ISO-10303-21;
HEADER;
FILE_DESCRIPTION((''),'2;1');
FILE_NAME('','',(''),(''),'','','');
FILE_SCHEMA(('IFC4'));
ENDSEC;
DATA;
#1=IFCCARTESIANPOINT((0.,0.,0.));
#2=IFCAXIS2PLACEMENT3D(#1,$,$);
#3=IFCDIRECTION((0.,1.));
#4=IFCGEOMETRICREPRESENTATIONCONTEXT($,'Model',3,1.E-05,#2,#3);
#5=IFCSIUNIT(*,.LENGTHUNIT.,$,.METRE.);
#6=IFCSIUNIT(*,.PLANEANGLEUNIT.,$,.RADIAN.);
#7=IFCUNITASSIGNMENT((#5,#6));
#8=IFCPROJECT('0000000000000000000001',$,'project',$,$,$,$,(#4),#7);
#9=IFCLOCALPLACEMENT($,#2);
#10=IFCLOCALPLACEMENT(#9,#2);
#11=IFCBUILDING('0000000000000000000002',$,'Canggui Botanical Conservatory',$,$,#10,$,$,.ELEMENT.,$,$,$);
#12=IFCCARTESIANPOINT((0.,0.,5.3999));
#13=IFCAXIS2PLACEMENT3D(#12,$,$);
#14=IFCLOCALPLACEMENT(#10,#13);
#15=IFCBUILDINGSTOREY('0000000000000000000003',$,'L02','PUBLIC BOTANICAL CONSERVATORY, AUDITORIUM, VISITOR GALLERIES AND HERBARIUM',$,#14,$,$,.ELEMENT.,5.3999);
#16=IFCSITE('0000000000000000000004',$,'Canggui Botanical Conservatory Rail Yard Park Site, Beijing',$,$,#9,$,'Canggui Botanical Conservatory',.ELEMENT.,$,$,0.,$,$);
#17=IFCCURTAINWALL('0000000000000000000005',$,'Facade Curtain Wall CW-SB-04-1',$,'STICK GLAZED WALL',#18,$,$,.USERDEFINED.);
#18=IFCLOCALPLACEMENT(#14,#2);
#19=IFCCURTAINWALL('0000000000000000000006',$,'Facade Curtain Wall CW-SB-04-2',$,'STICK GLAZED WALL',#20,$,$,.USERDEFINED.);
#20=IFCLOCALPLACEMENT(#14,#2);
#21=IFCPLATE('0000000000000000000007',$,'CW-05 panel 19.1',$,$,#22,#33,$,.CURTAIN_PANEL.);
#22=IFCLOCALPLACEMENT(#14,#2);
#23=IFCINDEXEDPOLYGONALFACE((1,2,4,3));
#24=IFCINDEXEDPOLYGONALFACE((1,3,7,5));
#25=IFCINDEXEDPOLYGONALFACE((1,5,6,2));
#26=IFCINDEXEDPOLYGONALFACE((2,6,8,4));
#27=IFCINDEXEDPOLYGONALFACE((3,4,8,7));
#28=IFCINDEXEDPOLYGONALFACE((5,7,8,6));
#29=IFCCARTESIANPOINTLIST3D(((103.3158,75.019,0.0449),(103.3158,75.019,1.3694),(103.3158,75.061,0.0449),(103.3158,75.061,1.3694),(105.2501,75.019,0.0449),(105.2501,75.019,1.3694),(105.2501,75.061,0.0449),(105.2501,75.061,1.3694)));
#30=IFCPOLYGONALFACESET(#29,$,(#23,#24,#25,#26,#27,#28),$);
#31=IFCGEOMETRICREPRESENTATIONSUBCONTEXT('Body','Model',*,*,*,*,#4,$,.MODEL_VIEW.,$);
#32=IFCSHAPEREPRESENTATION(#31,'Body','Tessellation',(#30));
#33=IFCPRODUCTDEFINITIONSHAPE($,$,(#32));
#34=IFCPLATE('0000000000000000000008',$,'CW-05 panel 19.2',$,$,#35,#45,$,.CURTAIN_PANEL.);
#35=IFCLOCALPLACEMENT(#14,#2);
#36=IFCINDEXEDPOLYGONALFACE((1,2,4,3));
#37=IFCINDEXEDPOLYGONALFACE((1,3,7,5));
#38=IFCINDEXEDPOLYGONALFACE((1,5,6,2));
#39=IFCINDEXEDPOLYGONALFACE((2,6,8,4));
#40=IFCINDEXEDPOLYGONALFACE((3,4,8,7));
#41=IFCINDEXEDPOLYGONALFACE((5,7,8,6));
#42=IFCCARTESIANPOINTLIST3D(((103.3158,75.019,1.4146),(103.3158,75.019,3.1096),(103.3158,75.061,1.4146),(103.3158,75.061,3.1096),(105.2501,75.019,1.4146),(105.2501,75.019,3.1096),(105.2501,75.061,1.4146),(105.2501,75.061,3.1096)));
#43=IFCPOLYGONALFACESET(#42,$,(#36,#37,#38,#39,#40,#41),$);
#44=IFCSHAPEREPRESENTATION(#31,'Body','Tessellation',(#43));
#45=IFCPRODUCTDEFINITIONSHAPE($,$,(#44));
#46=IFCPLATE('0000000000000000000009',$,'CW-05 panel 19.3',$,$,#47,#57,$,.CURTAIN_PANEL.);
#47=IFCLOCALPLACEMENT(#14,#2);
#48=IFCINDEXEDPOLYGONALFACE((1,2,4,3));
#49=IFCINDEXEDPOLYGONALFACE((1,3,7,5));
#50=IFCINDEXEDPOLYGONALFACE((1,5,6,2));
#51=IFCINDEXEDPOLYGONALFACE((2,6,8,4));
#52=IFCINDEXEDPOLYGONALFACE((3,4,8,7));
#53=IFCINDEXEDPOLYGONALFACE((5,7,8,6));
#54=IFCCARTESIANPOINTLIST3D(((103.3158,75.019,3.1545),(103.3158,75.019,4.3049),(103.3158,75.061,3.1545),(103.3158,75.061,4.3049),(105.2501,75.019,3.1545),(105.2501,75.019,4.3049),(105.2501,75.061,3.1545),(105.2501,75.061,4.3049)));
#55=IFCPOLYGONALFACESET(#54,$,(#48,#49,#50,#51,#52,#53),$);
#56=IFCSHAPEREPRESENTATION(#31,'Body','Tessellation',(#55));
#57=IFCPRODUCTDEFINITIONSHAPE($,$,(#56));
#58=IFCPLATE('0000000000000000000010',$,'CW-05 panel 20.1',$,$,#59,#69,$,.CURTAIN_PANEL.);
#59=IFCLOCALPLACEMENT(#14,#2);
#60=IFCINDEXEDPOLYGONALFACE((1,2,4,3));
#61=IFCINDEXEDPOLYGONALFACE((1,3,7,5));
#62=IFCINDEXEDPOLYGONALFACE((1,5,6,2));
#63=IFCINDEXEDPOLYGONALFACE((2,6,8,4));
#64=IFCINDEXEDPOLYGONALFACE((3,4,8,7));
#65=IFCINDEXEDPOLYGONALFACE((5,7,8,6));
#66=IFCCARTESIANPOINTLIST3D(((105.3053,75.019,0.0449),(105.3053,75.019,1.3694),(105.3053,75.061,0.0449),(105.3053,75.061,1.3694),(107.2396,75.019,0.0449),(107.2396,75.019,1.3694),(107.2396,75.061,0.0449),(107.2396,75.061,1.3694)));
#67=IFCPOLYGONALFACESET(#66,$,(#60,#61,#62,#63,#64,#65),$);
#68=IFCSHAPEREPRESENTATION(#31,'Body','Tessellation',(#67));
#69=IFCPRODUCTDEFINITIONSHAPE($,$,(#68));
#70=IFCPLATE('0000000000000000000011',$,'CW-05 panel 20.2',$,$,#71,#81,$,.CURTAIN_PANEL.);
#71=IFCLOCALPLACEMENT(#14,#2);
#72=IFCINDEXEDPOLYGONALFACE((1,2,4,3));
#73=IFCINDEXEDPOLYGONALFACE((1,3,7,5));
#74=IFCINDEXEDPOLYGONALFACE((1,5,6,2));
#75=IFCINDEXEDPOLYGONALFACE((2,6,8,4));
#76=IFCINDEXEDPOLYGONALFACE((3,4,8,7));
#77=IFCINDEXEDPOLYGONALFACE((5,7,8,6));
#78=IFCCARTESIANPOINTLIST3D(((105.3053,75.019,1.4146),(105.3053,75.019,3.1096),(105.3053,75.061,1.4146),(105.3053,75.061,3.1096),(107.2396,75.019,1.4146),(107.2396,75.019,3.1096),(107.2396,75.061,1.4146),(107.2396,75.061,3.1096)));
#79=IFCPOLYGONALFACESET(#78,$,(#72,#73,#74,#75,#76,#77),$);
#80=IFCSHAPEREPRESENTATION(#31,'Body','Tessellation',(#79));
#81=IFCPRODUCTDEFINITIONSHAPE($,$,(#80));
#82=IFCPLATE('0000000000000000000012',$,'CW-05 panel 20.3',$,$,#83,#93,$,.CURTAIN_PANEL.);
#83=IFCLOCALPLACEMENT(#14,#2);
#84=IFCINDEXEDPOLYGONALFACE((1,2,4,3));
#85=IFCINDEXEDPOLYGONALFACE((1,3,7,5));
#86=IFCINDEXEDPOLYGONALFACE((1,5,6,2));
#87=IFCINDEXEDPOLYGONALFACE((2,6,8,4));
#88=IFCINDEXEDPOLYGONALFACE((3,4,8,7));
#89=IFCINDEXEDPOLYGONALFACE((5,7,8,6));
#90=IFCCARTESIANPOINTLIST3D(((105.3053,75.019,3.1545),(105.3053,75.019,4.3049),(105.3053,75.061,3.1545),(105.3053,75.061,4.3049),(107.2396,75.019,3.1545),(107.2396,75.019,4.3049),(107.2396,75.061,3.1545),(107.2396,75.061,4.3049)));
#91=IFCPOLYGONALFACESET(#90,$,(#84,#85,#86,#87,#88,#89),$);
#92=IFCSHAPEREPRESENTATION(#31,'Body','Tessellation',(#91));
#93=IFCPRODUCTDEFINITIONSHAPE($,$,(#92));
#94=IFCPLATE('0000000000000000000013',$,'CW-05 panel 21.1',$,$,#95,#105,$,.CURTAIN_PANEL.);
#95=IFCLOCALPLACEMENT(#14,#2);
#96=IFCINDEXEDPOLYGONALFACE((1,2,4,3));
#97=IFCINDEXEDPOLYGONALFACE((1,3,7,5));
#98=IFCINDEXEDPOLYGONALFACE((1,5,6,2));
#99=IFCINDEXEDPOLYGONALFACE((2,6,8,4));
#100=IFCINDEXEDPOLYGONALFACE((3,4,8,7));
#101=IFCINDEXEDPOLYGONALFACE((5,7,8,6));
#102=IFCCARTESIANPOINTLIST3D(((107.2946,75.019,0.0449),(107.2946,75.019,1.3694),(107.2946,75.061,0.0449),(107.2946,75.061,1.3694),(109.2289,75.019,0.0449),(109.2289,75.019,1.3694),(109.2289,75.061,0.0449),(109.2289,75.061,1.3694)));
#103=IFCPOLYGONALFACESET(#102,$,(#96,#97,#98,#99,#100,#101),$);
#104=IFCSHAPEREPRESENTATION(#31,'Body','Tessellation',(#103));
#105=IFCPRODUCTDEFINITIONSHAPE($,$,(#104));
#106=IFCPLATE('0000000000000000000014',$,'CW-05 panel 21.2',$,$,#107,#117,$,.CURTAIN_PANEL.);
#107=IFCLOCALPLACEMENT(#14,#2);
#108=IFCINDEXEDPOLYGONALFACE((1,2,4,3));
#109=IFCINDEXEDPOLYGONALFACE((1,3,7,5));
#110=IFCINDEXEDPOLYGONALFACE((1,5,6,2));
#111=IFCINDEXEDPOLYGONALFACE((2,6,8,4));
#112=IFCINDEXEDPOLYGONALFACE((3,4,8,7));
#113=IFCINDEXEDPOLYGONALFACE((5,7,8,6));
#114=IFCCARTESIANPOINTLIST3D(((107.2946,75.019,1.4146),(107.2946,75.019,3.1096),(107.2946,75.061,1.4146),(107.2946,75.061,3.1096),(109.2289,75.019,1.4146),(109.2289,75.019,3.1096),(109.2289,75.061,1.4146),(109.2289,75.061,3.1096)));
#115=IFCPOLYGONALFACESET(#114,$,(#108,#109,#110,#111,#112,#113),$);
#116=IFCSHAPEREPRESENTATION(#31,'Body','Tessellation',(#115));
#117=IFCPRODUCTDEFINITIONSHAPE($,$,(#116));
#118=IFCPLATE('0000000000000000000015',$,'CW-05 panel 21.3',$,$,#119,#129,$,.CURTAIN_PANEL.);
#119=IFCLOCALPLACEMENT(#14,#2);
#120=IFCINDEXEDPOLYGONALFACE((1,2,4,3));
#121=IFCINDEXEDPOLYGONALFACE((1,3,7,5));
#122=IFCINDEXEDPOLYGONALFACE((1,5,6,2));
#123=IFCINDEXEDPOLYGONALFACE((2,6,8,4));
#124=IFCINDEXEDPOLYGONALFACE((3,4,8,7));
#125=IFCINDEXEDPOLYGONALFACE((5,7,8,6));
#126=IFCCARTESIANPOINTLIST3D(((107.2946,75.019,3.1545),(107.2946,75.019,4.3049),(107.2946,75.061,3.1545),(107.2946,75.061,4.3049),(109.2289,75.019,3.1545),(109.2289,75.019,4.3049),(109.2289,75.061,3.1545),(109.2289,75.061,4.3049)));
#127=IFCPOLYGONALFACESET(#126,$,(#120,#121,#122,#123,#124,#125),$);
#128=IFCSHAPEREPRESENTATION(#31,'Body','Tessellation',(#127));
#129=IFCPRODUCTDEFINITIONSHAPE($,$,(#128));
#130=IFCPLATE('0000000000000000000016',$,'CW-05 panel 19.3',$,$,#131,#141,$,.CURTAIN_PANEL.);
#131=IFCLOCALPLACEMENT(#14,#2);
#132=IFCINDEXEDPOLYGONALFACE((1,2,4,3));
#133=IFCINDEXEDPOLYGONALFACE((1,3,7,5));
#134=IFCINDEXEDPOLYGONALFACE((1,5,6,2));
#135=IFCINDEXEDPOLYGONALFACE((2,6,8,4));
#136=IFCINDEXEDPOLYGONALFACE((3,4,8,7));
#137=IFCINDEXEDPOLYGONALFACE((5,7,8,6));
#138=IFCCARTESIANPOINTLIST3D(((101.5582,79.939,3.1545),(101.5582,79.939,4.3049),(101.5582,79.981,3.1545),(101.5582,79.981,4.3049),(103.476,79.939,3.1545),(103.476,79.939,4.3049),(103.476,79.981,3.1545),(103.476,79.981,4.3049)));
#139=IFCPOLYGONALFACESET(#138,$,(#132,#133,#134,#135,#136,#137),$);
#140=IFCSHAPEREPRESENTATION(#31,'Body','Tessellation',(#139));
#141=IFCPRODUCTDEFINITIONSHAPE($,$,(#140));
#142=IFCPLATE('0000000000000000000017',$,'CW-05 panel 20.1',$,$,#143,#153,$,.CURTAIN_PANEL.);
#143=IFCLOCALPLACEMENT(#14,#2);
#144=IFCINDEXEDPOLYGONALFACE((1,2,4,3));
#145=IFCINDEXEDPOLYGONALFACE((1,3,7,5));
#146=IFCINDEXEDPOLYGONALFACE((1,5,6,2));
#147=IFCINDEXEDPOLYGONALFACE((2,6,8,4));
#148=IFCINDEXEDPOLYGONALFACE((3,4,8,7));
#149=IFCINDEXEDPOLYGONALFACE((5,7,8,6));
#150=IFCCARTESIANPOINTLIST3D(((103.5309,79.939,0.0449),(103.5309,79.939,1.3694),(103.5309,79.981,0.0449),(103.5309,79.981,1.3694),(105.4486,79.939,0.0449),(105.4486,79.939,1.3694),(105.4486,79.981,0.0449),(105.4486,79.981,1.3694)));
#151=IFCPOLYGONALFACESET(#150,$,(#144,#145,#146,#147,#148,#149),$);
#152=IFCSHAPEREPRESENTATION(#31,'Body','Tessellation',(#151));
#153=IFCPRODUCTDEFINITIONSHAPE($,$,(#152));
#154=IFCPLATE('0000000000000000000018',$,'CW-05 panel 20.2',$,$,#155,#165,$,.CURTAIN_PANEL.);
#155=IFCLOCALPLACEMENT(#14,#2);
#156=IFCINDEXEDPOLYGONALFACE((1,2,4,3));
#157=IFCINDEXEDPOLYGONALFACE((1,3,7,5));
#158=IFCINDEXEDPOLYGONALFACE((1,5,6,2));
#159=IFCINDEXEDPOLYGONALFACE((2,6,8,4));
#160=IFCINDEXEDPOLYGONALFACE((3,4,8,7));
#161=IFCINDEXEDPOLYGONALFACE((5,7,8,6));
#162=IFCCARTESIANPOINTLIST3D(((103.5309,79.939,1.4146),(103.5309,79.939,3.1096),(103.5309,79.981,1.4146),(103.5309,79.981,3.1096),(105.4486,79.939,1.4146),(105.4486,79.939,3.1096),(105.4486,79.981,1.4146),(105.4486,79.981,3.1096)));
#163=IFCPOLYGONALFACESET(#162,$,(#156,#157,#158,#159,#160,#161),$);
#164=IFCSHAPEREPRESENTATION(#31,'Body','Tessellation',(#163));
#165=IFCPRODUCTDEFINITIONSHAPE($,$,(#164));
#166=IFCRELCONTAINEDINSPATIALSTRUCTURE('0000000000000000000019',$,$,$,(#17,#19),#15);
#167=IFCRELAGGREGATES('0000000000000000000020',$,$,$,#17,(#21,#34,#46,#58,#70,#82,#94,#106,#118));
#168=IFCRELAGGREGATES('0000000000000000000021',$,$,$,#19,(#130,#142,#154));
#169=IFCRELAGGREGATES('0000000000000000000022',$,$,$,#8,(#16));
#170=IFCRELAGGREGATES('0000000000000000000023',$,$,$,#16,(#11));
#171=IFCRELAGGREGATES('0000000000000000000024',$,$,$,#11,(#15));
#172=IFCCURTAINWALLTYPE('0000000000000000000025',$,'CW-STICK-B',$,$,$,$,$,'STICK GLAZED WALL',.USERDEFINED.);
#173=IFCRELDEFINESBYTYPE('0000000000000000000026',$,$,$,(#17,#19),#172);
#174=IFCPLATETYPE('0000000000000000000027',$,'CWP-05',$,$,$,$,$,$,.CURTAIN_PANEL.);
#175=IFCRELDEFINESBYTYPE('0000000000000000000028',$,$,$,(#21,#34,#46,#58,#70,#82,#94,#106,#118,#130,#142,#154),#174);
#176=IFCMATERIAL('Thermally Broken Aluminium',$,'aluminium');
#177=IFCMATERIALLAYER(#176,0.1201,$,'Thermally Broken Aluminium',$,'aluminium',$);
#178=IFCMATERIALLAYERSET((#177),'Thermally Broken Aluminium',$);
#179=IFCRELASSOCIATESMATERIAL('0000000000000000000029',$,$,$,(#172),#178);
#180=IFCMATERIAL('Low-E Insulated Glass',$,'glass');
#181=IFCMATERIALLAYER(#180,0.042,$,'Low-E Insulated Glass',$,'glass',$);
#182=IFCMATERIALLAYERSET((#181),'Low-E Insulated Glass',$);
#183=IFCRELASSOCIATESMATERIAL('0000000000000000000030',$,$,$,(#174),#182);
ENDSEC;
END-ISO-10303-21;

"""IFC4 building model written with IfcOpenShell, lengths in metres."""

from ifc_helpers import new_model, si_unit, direction, frame, origin, origin_2d, place, context, subcontext, project, spatial, rectangle, extrude, material, layer, layer_set, type_object, element, aggregate, save


model = new_model("IFC4")

# Units and contexts
model_context = context("Model", 3, precision=1e-05, world=origin(), true_north=direction((0.0, 1.0)))
body_context = subcontext(model_context, "Body", "Model", "MODEL_VIEW")
ifc_project = project(units=[si_unit("LENGTHUNIT", "METRE"), si_unit("PLANEANGLEUNIT", "RADIAN")], contexts=[model_context])

# Site, building, storey
site_placement = place(None, origin())
site = spatial("IfcSite", under=ifc_project, at=site_placement, Name="Canggui Botanical Conservatory Rail Yard Park Site, Beijing", LongName="Canggui Botanical Conservatory", CompositionType="ELEMENT", RefElevation=0.0)
building_placement = place(site_placement, origin())
building = spatial("IfcBuilding", under=site, at=building_placement, Name="Canggui Botanical Conservatory", CompositionType="ELEMENT")
storey_placement = place(building_placement, frame((0.0, 0.0, 5.3999)))
storey = spatial("IfcBuildingStorey", under=building, at=storey_placement, Name="L02", Description="PUBLIC BOTANICAL CONSERVATORY, AUDITORIUM, VISITOR GALLERIES AND HERBARIUM", CompositionType="ELEMENT", Elevation=5.3999)

# Curtain wall
ifc_material_1 = material(Name="Thermally Broken Aluminium", Category="aluminium")
ifc_layer_1 = layer(ifc_material_1, 0.1201, Name="Thermally Broken Aluminium", Category="aluminium")
ifc_layer_set_1 = layer_set([ifc_layer_1], Name="Thermally Broken Aluminium")
curtain_wall_type = type_object("IfcCurtainWallType", Name="CW-STICK-B", ElementType="STICK GLAZED WALL", PredefinedType="USERDEFINED", material=ifc_layer_set_1)
curtain_wall_1_placement = place(storey_placement, origin())
curtain_wall_1 = element("IfcCurtainWall", 1, at=curtain_wall_1_placement, inside=storey, type_object=curtain_wall_type, Name="Facade Curtain Wall CW-SB-04-1", ObjectType="STICK GLAZED WALL", PredefinedType="USERDEFINED")

# Curtain wall
curtain_wall_2_placement = place(storey_placement, origin())
curtain_wall_2 = element("IfcCurtainWall", 2, at=curtain_wall_2_placement, inside=storey, type_object=curtain_wall_type, Name="Facade Curtain Wall CW-SB-04-2", ObjectType="STICK GLAZED WALL", PredefinedType="USERDEFINED")

# Plates
ifc_material_2 = material(Name="Low-E Insulated Glass", Category="glass")
ifc_layer_2 = layer(ifc_material_2, 0.042, Name="Low-E Insulated Glass", Category="glass")
ifc_layer_set_2 = layer_set([ifc_layer_2], Name="Low-E Insulated Glass")
plate_type = type_object("IfcPlateType", Name="CWP-05", PredefinedType="CURTAIN_PANEL", material=ifc_layer_set_2)
plate_1_placement = place(storey_placement, frame((104.283, 75.04, 0.0449), z_axis=(0.0, 0.0, 1.0), x_axis=(1.0, 0.0, 0.0)))
plate_1 = element("IfcPlate", 3, at=plate_1_placement, type_object=plate_type, Name="CW-05 panel 19.1", PredefinedType="CURTAIN_PANEL", context=body_context, shape_type="SweptSolid", body=[
    extrude(rectangle(XDim=1.9343, YDim=0.042, at=origin_2d()), origin(), (0.0, 0.0, 1.0), 1.3245),
])
plate_2_placement = place(storey_placement, frame((104.283, 75.04, 1.4146), z_axis=(0.0, 0.0, 1.0), x_axis=(1.0, 0.0, 0.0)))
plate_2 = element("IfcPlate", 4, at=plate_2_placement, type_object=plate_type, Name="CW-05 panel 19.2", PredefinedType="CURTAIN_PANEL", context=body_context, shape_type="SweptSolid", body=[
    extrude(rectangle(XDim=1.9343, YDim=0.042, at=origin_2d()), origin(), (0.0, 0.0, 1.0), 1.6951),
])
plate_3_placement = place(storey_placement, frame((104.283, 75.04, 3.1545), z_axis=(0.0, 0.0, 1.0), x_axis=(1.0, 0.0, 0.0)))
plate_3 = element("IfcPlate", 5, at=plate_3_placement, type_object=plate_type, Name="CW-05 panel 19.3", PredefinedType="CURTAIN_PANEL", context=body_context, shape_type="SweptSolid", body=[
    extrude(rectangle(XDim=1.9343, YDim=0.042, at=origin_2d()), origin(), (0.0, 0.0, 1.0), 1.1504),
])
plate_4_placement = place(storey_placement, frame((106.2725, 75.04, 0.0449), z_axis=(0.0, 0.0, 1.0), x_axis=(1.0, 0.0, 0.0)))
plate_4 = element("IfcPlate", 6, at=plate_4_placement, type_object=plate_type, Name="CW-05 panel 20.1", PredefinedType="CURTAIN_PANEL", context=body_context, shape_type="SweptSolid", body=[
    extrude(rectangle(XDim=1.9343, YDim=0.042, at=origin_2d()), origin(), (0.0, 0.0, 1.0), 1.3245),
])
plate_5_placement = place(storey_placement, frame((106.2725, 75.04, 1.4146), z_axis=(0.0, 0.0, 1.0), x_axis=(1.0, 0.0, 0.0)))
plate_5 = element("IfcPlate", 7, at=plate_5_placement, type_object=plate_type, Name="CW-05 panel 20.2", PredefinedType="CURTAIN_PANEL", context=body_context, shape_type="SweptSolid", body=[
    extrude(rectangle(XDim=1.9343, YDim=0.042, at=origin_2d()), origin(), (0.0, 0.0, 1.0), 1.6951),
])
plate_6_placement = place(storey_placement, frame((106.2725, 75.04, 3.1545), z_axis=(0.0, 0.0, 1.0), x_axis=(1.0, 0.0, 0.0)))
plate_6 = element("IfcPlate", 8, at=plate_6_placement, type_object=plate_type, Name="CW-05 panel 20.3", PredefinedType="CURTAIN_PANEL", context=body_context, shape_type="SweptSolid", body=[
    extrude(rectangle(XDim=1.9343, YDim=0.042, at=origin_2d()), origin(), (0.0, 0.0, 1.0), 1.1504),
])
plate_7_placement = place(storey_placement, frame((108.2617, 75.04, 0.0449), z_axis=(0.0, 0.0, 1.0), x_axis=(1.0, 0.0, 0.0)))
plate_7 = element("IfcPlate", 9, at=plate_7_placement, type_object=plate_type, Name="CW-05 panel 21.1", PredefinedType="CURTAIN_PANEL", context=body_context, shape_type="SweptSolid", body=[
    extrude(rectangle(XDim=1.9343, YDim=0.042, at=origin_2d()), origin(), (0.0, 0.0, 1.0), 1.3245),
])
plate_8_placement = place(storey_placement, frame((108.2617, 75.04, 1.4146), z_axis=(0.0, 0.0, 1.0), x_axis=(1.0, 0.0, 0.0)))
plate_8 = element("IfcPlate", 10, at=plate_8_placement, type_object=plate_type, Name="CW-05 panel 21.2", PredefinedType="CURTAIN_PANEL", context=body_context, shape_type="SweptSolid", body=[
    extrude(rectangle(XDim=1.9343, YDim=0.042, at=origin_2d()), origin(), (0.0, 0.0, 1.0), 1.6951),
])
plate_9_placement = place(storey_placement, frame((108.2617, 75.04, 3.1545), z_axis=(0.0, 0.0, 1.0), x_axis=(1.0, 0.0, 0.0)))
plate_9 = element("IfcPlate", 11, at=plate_9_placement, type_object=plate_type, Name="CW-05 panel 21.3", PredefinedType="CURTAIN_PANEL", context=body_context, shape_type="SweptSolid", body=[
    extrude(rectangle(XDim=1.9343, YDim=0.042, at=origin_2d()), origin(), (0.0, 0.0, 1.0), 1.1504),
])
aggregate(curtain_wall_1, [plate_1, plate_2, plate_3, plate_4, plate_5, plate_6, plate_7, plate_8, plate_9])
plate_10_placement = place(storey_placement, frame((102.5171, 79.96, 3.1545), z_axis=(0.0, 0.0, 1.0), x_axis=(1.0, 0.0, 0.0)))
plate_10 = element("IfcPlate", 12, at=plate_10_placement, type_object=plate_type, Name="CW-05 panel 19.3", PredefinedType="CURTAIN_PANEL", context=body_context, shape_type="SweptSolid", body=[
    extrude(rectangle(XDim=1.9177, YDim=0.042, at=origin_2d()), origin(), (0.0, 0.0, 1.0), 1.1504),
])
plate_11_placement = place(storey_placement, frame((104.4897, 79.96, 0.0449), z_axis=(0.0, 0.0, 1.0), x_axis=(1.0, 0.0, 0.0)))
plate_11 = element("IfcPlate", 13, at=plate_11_placement, type_object=plate_type, Name="CW-05 panel 20.1", PredefinedType="CURTAIN_PANEL", context=body_context, shape_type="SweptSolid", body=[
    extrude(rectangle(XDim=1.9177, YDim=0.042, at=origin_2d()), origin(), (0.0, 0.0, 1.0), 1.3245),
])
plate_12_placement = place(storey_placement, frame((104.4897, 79.96, 1.4146), z_axis=(0.0, 0.0, 1.0), x_axis=(1.0, 0.0, 0.0)))
plate_12 = element("IfcPlate", 14, at=plate_12_placement, type_object=plate_type, Name="CW-05 panel 20.2", PredefinedType="CURTAIN_PANEL", context=body_context, shape_type="SweptSolid", body=[
    extrude(rectangle(XDim=1.9177, YDim=0.042, at=origin_2d()), origin(), (0.0, 0.0, 1.0), 1.6951),
])
aggregate(curtain_wall_2, [plate_10, plate_11, plate_12])

save(model, "model.ifc")
